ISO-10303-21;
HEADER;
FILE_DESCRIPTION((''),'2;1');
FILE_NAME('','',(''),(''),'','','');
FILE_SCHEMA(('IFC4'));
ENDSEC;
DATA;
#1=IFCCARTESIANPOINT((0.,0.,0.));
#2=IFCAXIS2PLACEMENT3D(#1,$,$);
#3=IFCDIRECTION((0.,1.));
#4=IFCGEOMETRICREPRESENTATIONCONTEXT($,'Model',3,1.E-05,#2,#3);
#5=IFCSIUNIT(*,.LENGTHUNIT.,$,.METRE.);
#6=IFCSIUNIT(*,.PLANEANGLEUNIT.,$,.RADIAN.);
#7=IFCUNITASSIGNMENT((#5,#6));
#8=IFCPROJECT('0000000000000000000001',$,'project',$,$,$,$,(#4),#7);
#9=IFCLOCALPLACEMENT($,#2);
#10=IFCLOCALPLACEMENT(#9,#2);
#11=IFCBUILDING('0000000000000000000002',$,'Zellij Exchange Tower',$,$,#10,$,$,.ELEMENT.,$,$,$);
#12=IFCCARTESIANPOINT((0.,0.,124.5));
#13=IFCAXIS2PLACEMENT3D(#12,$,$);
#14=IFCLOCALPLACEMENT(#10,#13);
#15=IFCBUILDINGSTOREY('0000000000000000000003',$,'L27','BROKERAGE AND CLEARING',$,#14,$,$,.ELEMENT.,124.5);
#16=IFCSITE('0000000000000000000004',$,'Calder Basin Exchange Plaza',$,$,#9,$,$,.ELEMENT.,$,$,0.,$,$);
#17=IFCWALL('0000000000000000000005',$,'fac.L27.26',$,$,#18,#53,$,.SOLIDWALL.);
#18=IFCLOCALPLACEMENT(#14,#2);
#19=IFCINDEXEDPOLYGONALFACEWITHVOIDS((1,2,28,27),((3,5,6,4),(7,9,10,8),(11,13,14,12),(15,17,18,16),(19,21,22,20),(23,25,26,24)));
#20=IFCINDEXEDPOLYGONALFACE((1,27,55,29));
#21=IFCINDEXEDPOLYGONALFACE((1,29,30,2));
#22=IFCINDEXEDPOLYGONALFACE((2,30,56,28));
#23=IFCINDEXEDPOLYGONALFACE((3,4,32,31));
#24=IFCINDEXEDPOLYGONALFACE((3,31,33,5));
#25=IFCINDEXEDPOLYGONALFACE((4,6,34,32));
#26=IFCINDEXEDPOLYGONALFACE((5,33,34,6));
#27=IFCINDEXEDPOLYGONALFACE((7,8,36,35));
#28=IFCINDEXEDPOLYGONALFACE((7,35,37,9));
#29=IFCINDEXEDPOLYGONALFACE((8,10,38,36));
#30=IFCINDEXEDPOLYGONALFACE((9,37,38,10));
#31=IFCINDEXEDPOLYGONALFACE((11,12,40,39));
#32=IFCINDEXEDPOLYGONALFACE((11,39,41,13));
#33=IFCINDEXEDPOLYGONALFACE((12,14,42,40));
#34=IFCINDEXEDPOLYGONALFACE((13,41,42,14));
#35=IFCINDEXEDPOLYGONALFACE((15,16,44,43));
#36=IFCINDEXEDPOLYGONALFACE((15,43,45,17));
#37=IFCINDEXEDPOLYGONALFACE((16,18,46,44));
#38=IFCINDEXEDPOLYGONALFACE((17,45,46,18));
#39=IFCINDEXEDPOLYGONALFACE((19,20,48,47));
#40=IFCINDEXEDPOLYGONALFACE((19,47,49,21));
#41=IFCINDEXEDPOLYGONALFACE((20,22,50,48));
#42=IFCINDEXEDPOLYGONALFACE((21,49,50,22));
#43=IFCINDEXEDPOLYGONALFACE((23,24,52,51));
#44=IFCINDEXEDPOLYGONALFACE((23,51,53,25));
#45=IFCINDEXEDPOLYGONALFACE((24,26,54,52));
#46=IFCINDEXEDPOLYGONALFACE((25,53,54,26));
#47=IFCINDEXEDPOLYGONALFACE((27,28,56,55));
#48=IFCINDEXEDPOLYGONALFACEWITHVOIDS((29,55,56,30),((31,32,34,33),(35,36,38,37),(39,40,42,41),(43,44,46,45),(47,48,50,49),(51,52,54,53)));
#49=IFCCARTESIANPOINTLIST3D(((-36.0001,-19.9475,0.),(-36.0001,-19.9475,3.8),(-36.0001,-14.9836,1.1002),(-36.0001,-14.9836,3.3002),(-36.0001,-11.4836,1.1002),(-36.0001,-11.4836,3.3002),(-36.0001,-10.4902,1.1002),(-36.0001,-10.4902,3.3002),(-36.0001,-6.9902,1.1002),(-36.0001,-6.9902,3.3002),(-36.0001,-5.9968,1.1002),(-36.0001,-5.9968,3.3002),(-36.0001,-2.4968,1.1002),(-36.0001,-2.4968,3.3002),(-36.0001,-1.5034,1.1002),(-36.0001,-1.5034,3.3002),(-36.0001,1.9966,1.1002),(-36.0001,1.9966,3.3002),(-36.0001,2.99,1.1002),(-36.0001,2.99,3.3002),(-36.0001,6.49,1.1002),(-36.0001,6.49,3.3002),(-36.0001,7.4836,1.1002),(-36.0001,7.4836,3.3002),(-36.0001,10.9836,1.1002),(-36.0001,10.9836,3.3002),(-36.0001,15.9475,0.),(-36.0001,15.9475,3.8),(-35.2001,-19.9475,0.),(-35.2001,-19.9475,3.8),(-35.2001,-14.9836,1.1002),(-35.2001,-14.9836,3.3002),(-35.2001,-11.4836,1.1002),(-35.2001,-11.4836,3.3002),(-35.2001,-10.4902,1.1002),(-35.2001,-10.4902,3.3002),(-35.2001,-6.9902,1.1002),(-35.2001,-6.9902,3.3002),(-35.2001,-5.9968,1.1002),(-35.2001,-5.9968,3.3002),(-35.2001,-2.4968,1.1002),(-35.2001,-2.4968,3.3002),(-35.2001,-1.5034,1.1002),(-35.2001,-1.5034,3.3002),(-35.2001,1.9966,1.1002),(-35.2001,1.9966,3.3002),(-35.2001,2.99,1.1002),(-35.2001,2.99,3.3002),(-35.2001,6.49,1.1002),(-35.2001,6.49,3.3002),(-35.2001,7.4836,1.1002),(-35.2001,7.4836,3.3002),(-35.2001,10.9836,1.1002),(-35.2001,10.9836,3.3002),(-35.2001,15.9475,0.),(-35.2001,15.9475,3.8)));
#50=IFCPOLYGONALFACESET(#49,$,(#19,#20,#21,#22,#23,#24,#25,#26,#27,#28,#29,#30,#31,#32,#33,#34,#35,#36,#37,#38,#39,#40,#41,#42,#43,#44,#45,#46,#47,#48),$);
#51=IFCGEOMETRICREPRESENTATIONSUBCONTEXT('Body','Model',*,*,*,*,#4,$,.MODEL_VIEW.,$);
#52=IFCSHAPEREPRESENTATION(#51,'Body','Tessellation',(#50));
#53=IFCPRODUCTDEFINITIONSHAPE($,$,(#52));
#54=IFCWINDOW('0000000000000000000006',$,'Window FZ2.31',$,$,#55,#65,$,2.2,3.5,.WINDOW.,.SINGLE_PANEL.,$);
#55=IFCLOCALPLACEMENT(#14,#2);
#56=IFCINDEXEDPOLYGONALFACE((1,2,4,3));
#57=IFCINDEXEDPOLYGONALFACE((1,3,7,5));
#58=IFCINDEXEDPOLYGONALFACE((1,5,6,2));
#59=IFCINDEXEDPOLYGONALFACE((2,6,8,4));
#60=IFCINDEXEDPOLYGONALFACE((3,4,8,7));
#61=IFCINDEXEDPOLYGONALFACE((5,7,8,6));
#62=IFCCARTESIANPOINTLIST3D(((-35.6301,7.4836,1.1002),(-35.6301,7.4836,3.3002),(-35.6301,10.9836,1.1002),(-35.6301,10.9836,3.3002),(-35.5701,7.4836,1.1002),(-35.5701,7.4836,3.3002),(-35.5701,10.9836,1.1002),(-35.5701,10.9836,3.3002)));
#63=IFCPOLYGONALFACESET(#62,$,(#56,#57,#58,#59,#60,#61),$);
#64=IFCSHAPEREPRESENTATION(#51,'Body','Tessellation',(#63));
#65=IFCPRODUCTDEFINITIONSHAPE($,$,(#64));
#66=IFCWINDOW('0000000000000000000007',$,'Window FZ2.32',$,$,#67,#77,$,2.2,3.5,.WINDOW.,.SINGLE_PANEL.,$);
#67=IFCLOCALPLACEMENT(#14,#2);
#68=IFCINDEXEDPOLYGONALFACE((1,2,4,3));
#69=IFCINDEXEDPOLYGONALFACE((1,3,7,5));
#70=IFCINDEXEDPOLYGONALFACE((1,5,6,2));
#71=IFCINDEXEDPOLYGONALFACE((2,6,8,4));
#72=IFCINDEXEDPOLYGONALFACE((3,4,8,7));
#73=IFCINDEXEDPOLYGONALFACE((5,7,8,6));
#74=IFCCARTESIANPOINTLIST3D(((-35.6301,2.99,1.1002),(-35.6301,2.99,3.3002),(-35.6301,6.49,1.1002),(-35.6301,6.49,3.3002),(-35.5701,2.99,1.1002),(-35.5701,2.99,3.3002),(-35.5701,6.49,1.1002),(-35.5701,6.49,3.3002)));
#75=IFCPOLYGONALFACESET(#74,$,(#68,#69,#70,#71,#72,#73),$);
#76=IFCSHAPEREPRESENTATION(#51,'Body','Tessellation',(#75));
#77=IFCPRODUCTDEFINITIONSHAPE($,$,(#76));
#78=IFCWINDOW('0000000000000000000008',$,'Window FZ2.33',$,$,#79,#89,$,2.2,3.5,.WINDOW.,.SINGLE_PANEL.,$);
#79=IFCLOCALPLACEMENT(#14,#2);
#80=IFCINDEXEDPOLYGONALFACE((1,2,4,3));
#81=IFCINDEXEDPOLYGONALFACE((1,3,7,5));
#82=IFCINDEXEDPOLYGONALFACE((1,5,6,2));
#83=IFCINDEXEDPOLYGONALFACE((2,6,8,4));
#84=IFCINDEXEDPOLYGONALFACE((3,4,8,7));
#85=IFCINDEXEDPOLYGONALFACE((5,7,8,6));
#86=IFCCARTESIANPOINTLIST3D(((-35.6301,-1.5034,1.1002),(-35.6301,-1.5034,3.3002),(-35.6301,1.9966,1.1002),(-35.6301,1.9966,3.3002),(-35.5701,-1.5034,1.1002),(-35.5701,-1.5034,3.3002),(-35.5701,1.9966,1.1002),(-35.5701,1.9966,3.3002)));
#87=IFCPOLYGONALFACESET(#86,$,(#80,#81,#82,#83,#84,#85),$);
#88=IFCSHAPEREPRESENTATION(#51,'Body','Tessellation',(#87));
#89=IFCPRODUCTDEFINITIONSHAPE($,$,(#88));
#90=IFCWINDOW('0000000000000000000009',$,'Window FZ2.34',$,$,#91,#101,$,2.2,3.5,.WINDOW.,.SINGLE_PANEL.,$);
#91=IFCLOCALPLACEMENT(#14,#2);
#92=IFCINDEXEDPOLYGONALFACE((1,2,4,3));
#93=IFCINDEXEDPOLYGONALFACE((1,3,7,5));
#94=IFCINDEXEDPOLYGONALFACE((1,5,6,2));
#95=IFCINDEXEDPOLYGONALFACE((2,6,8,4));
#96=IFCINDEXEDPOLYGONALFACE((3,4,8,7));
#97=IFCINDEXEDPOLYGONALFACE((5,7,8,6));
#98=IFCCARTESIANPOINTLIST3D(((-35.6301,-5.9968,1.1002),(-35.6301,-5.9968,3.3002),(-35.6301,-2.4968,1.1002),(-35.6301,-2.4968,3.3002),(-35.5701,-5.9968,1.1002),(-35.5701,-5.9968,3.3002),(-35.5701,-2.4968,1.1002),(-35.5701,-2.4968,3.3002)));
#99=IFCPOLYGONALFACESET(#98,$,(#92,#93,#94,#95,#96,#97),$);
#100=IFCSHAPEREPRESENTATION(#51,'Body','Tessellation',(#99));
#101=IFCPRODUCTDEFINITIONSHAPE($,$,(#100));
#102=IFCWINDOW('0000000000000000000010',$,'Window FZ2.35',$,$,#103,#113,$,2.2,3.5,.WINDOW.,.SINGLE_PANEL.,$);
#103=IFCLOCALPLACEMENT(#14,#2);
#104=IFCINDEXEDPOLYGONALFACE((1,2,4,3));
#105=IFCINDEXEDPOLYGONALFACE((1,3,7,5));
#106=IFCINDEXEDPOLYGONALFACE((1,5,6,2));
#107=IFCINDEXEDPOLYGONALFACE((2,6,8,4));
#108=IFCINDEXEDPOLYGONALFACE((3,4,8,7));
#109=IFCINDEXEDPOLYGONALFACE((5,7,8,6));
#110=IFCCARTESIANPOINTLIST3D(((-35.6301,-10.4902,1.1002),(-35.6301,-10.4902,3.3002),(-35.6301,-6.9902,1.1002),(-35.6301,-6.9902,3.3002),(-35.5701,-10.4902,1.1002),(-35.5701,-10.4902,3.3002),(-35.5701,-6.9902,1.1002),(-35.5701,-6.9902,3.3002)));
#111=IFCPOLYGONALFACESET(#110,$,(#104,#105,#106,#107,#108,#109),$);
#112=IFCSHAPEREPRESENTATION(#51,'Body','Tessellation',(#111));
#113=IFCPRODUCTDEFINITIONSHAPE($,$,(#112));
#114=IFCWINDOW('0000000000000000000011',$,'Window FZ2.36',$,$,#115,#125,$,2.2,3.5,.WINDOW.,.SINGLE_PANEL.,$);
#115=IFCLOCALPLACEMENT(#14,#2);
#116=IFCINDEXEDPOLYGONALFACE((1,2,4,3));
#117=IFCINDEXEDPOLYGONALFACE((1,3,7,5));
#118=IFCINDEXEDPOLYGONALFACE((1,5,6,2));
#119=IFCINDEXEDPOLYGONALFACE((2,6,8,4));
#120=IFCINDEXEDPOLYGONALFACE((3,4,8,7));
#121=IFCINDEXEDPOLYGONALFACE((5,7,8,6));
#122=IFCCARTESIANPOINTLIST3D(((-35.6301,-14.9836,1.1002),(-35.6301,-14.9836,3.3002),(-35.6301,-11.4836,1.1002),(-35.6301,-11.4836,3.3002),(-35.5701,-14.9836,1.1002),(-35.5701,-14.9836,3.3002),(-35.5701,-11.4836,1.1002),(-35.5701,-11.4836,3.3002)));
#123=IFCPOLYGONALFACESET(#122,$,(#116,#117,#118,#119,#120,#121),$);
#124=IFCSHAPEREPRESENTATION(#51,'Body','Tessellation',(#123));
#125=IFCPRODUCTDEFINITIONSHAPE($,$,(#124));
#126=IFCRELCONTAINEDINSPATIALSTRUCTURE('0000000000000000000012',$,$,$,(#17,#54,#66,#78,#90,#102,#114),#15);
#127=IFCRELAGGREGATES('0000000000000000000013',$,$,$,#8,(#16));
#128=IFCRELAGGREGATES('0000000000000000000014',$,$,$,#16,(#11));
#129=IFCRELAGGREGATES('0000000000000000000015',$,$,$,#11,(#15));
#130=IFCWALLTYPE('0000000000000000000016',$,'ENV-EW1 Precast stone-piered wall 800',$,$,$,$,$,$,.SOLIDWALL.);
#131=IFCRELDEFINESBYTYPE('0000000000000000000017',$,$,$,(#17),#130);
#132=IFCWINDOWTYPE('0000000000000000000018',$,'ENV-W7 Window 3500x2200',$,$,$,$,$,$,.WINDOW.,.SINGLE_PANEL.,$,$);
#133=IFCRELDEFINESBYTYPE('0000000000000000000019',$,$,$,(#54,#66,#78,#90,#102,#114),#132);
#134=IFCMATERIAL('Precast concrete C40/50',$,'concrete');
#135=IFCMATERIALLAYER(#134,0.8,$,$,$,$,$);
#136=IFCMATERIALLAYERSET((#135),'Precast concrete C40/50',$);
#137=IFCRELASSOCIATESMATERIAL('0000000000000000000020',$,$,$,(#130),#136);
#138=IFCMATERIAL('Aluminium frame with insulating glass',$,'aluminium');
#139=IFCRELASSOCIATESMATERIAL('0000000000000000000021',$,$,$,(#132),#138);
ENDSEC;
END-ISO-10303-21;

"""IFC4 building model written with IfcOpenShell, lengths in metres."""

from ifc_helpers import new_model, si_unit, direction, frame, frame_2d, origin, place, context, subcontext, project, spatial, rectangle, extrude, material, layer, layer_set, type_object, element, fill, save


model = new_model("IFC4")

# Units and contexts
model_context = context("Model", 3, precision=1e-05, world=origin(), true_north=direction((0.0, 1.0)))
body_context = subcontext(model_context, "Body", "Model", "MODEL_VIEW")
ifc_project = project(units=[si_unit("LENGTHUNIT", "METRE"), si_unit("PLANEANGLEUNIT", "RADIAN")], contexts=[model_context])

# Site, building, storey
site_placement = place(None, origin())
site = spatial("IfcSite", under=ifc_project, at=site_placement, Name="Calder Basin Exchange Plaza", CompositionType="ELEMENT", RefElevation=0.0)
building_placement = place(site_placement, origin())
building = spatial("IfcBuilding", under=site, at=building_placement, Name="Zellij Exchange Tower", CompositionType="ELEMENT")
storey_placement = place(building_placement, frame((0.0, 0.0, 124.5)))
storey = spatial("IfcBuildingStorey", under=building, at=storey_placement, Name="L27", Description="BROKERAGE AND CLEARING", CompositionType="ELEMENT", Elevation=124.5)

# Shared definitions
ifc_material_1 = material(Name="Precast concrete C40/50", Category="concrete")
ifc_layer_1 = layer(ifc_material_1, 0.8)
ifc_layer_set_1 = layer_set([ifc_layer_1], Name="Precast concrete C40/50")
wall_type_1 = type_object("IfcWallType", Name="ENV-EW1 Precast stone-piered wall 800", PredefinedType="SOLIDWALL", material=ifc_layer_set_1)

# Wall, openings, windows
wall_1_placement = place(storey_placement, frame((-35.6001, 15.9475, 0.0), z_axis=(0.0, 0.0, 1.0), x_axis=(0.0, -1.0, 0.0)))
wall_1 = element("IfcWall", 1, at=wall_1_placement, inside=storey, type_object=wall_type_1, Name="fac.L27.26", PredefinedType="SOLIDWALL", context=body_context, shape_type="SweptSolid", body=[
    extrude(rectangle(XDim=35.895, YDim=0.8, at=frame_2d((17.9475, 0.0))), origin(), (0.0, 0.0, 1.0), 3.8),
])
opening_1_placement = place(wall_1_placement, frame((4.9639, 0.0, 1.1001)))
opening_1 = element("IfcOpeningElement", 2, at=opening_1_placement, cuts=wall_1, PredefinedType="OPENING", context=body_context, shape_type="SweptSolid", body=[
    extrude(rectangle(XDim=3.5, YDim=2.2, at=frame_2d((1.75, 1.1001))), frame((0.0, 0.4121, 0.0), z_axis=(0.0, -1.0, 0.0), x_axis=(1.0, 0.0, 0.0)), (0.0, 0.0, 1.0), 0.824),
])
opening_2_placement = place(wall_1_placement, frame((9.4575, 0.0, 1.1001)))
opening_2 = element("IfcOpeningElement", 3, at=opening_2_placement, cuts=wall_1, PredefinedType="OPENING", context=body_context, shape_type="SweptSolid", body=[
    extrude(rectangle(XDim=3.5, YDim=2.2, at=frame_2d((1.75, 1.1001))), frame((0.0, 0.4121, 0.0), z_axis=(0.0, -1.0, 0.0), x_axis=(1.0, 0.0, 0.0)), (0.0, 0.0, 1.0), 0.824),
])
opening_3_placement = place(wall_1_placement, frame((13.9509, 0.0, 1.1001)))
opening_3 = element("IfcOpeningElement", 4, at=opening_3_placement, cuts=wall_1, PredefinedType="OPENING", context=body_context, shape_type="SweptSolid", body=[
    extrude(rectangle(XDim=3.5, YDim=2.2, at=frame_2d((1.75, 1.1001))), frame((0.0, 0.4121, 0.0), z_axis=(0.0, -1.0, 0.0), x_axis=(1.0, 0.0, 0.0)), (0.0, 0.0, 1.0), 0.824),
])
opening_4_placement = place(wall_1_placement, frame((18.4443, 0.0, 1.1001)))
opening_4 = element("IfcOpeningElement", 5, at=opening_4_placement, cuts=wall_1, PredefinedType="OPENING", context=body_context, shape_type="SweptSolid", body=[
    extrude(rectangle(XDim=3.5, YDim=2.2, at=frame_2d((1.75, 1.1001))), frame((0.0, 0.4121, 0.0), z_axis=(0.0, -1.0, 0.0), x_axis=(1.0, 0.0, 0.0)), (0.0, 0.0, 1.0), 0.824),
])
opening_5_placement = place(wall_1_placement, frame((22.9377, 0.0, 1.1001)))
opening_5 = element("IfcOpeningElement", 6, at=opening_5_placement, cuts=wall_1, PredefinedType="OPENING", context=body_context, shape_type="SweptSolid", body=[
    extrude(rectangle(XDim=3.5, YDim=2.2, at=frame_2d((1.75, 1.1001))), frame((0.0, 0.4121, 0.0), z_axis=(0.0, -1.0, 0.0), x_axis=(1.0, 0.0, 0.0)), (0.0, 0.0, 1.0), 0.824),
])
opening_6_placement = place(wall_1_placement, frame((27.4312, 0.0, 1.1001)))
opening_6 = element("IfcOpeningElement", 7, at=opening_6_placement, cuts=wall_1, PredefinedType="OPENING", context=body_context, shape_type="SweptSolid", body=[
    extrude(rectangle(XDim=3.5, YDim=2.2, at=frame_2d((1.75, 1.1001))), frame((0.0, 0.4121, 0.0), z_axis=(0.0, -1.0, 0.0), x_axis=(1.0, 0.0, 0.0)), (0.0, 0.0, 1.0), 0.824),
])
ifc_material_2 = material(Name="Aluminium frame with insulating glass", Category="aluminium")
window_type = type_object("IfcWindowType", Name="ENV-W7 Window 3500x2200", PartitioningType="SINGLE_PANEL", PredefinedType="WINDOW", material=ifc_material_2)
window_1_placement = place(opening_1_placement, origin())
window_1 = element("IfcWindow", 8, at=window_1_placement, inside=storey, type_object=window_type, Name="Window FZ2.31", OverallHeight=2.2, OverallWidth=3.5, PartitioningType="SINGLE_PANEL", PredefinedType="WINDOW", context=body_context, shape_type="SweptSolid", body=[
    extrude(rectangle(XDim=3.5, YDim=2.2, at=frame_2d((1.75, 1.1001))), frame((0.0, 0.03, 0.0), z_axis=(0.0, -1.0, 0.0), x_axis=(1.0, 0.0, 0.0)), (0.0, 0.0, 1.0), 0.0601),
])
fill(opening_1, window_1)
window_2_placement = place(opening_2_placement, origin())
window_2 = element("IfcWindow", 9, at=window_2_placement, inside=storey, type_object=window_type, Name="Window FZ2.32", OverallHeight=2.2, OverallWidth=3.5, PartitioningType="SINGLE_PANEL", PredefinedType="WINDOW", context=body_context, shape_type="SweptSolid", body=[
    extrude(rectangle(XDim=3.5, YDim=2.2, at=frame_2d((1.75, 1.1001))), frame((0.0, 0.03, 0.0), z_axis=(0.0, -1.0, 0.0), x_axis=(1.0, 0.0, 0.0)), (0.0, 0.0, 1.0), 0.0601),
])
fill(opening_2, window_2)
window_3_placement = place(opening_3_placement, origin())
window_3 = element("IfcWindow", 10, at=window_3_placement, inside=storey, type_object=window_type, Name="Window FZ2.33", OverallHeight=2.2, OverallWidth=3.5, PartitioningType="SINGLE_PANEL", PredefinedType="WINDOW", context=body_context, shape_type="SweptSolid", body=[
    extrude(rectangle(XDim=3.5, YDim=2.2, at=frame_2d((1.75, 1.1001))), frame((0.0, 0.03, 0.0), z_axis=(0.0, -1.0, 0.0), x_axis=(1.0, 0.0, 0.0)), (0.0, 0.0, 1.0), 0.0601),
])
fill(opening_3, window_3)
window_4_placement = place(opening_4_placement, origin())
window_4 = element("IfcWindow", 11, at=window_4_placement, inside=storey, type_object=window_type, Name="Window FZ2.34", OverallHeight=2.2, OverallWidth=3.5, PartitioningType="SINGLE_PANEL", PredefinedType="WINDOW", context=body_context, shape_type="SweptSolid", body=[
    extrude(rectangle(XDim=3.5, YDim=2.2, at=frame_2d((1.75, 1.1001))), frame((0.0, 0.03, 0.0), z_axis=(0.0, -1.0, 0.0), x_axis=(1.0, 0.0, 0.0)), (0.0, 0.0, 1.0), 0.0601),
])
fill(opening_4, window_4)
window_5_placement = place(opening_5_placement, origin())
window_5 = element("IfcWindow", 12, at=window_5_placement, inside=storey, type_object=window_type, Name="Window FZ2.35", OverallHeight=2.2, OverallWidth=3.5, PartitioningType="SINGLE_PANEL", PredefinedType="WINDOW", context=body_context, shape_type="SweptSolid", body=[
    extrude(rectangle(XDim=3.5, YDim=2.2, at=frame_2d((1.75, 1.1001))), frame((0.0, 0.03, 0.0), z_axis=(0.0, -1.0, 0.0), x_axis=(1.0, 0.0, 0.0)), (0.0, 0.0, 1.0), 0.0601),
])
fill(opening_5, window_5)
window_6_placement = place(opening_6_placement, origin())
window_6 = element("IfcWindow", 13, at=window_6_placement, inside=storey, type_object=window_type, Name="Window FZ2.36", OverallHeight=2.2, OverallWidth=3.5, PartitioningType="SINGLE_PANEL", PredefinedType="WINDOW", context=body_context, shape_type="SweptSolid", body=[
    extrude(rectangle(XDim=3.5, YDim=2.2, at=frame_2d((1.75, 1.1001))), frame((0.0, 0.03, 0.0), z_axis=(0.0, -1.0, 0.0), x_axis=(1.0, 0.0, 0.0)), (0.0, 0.0, 1.0), 0.0601),
])
fill(opening_6, window_6)

save(model, "model.ifc")
